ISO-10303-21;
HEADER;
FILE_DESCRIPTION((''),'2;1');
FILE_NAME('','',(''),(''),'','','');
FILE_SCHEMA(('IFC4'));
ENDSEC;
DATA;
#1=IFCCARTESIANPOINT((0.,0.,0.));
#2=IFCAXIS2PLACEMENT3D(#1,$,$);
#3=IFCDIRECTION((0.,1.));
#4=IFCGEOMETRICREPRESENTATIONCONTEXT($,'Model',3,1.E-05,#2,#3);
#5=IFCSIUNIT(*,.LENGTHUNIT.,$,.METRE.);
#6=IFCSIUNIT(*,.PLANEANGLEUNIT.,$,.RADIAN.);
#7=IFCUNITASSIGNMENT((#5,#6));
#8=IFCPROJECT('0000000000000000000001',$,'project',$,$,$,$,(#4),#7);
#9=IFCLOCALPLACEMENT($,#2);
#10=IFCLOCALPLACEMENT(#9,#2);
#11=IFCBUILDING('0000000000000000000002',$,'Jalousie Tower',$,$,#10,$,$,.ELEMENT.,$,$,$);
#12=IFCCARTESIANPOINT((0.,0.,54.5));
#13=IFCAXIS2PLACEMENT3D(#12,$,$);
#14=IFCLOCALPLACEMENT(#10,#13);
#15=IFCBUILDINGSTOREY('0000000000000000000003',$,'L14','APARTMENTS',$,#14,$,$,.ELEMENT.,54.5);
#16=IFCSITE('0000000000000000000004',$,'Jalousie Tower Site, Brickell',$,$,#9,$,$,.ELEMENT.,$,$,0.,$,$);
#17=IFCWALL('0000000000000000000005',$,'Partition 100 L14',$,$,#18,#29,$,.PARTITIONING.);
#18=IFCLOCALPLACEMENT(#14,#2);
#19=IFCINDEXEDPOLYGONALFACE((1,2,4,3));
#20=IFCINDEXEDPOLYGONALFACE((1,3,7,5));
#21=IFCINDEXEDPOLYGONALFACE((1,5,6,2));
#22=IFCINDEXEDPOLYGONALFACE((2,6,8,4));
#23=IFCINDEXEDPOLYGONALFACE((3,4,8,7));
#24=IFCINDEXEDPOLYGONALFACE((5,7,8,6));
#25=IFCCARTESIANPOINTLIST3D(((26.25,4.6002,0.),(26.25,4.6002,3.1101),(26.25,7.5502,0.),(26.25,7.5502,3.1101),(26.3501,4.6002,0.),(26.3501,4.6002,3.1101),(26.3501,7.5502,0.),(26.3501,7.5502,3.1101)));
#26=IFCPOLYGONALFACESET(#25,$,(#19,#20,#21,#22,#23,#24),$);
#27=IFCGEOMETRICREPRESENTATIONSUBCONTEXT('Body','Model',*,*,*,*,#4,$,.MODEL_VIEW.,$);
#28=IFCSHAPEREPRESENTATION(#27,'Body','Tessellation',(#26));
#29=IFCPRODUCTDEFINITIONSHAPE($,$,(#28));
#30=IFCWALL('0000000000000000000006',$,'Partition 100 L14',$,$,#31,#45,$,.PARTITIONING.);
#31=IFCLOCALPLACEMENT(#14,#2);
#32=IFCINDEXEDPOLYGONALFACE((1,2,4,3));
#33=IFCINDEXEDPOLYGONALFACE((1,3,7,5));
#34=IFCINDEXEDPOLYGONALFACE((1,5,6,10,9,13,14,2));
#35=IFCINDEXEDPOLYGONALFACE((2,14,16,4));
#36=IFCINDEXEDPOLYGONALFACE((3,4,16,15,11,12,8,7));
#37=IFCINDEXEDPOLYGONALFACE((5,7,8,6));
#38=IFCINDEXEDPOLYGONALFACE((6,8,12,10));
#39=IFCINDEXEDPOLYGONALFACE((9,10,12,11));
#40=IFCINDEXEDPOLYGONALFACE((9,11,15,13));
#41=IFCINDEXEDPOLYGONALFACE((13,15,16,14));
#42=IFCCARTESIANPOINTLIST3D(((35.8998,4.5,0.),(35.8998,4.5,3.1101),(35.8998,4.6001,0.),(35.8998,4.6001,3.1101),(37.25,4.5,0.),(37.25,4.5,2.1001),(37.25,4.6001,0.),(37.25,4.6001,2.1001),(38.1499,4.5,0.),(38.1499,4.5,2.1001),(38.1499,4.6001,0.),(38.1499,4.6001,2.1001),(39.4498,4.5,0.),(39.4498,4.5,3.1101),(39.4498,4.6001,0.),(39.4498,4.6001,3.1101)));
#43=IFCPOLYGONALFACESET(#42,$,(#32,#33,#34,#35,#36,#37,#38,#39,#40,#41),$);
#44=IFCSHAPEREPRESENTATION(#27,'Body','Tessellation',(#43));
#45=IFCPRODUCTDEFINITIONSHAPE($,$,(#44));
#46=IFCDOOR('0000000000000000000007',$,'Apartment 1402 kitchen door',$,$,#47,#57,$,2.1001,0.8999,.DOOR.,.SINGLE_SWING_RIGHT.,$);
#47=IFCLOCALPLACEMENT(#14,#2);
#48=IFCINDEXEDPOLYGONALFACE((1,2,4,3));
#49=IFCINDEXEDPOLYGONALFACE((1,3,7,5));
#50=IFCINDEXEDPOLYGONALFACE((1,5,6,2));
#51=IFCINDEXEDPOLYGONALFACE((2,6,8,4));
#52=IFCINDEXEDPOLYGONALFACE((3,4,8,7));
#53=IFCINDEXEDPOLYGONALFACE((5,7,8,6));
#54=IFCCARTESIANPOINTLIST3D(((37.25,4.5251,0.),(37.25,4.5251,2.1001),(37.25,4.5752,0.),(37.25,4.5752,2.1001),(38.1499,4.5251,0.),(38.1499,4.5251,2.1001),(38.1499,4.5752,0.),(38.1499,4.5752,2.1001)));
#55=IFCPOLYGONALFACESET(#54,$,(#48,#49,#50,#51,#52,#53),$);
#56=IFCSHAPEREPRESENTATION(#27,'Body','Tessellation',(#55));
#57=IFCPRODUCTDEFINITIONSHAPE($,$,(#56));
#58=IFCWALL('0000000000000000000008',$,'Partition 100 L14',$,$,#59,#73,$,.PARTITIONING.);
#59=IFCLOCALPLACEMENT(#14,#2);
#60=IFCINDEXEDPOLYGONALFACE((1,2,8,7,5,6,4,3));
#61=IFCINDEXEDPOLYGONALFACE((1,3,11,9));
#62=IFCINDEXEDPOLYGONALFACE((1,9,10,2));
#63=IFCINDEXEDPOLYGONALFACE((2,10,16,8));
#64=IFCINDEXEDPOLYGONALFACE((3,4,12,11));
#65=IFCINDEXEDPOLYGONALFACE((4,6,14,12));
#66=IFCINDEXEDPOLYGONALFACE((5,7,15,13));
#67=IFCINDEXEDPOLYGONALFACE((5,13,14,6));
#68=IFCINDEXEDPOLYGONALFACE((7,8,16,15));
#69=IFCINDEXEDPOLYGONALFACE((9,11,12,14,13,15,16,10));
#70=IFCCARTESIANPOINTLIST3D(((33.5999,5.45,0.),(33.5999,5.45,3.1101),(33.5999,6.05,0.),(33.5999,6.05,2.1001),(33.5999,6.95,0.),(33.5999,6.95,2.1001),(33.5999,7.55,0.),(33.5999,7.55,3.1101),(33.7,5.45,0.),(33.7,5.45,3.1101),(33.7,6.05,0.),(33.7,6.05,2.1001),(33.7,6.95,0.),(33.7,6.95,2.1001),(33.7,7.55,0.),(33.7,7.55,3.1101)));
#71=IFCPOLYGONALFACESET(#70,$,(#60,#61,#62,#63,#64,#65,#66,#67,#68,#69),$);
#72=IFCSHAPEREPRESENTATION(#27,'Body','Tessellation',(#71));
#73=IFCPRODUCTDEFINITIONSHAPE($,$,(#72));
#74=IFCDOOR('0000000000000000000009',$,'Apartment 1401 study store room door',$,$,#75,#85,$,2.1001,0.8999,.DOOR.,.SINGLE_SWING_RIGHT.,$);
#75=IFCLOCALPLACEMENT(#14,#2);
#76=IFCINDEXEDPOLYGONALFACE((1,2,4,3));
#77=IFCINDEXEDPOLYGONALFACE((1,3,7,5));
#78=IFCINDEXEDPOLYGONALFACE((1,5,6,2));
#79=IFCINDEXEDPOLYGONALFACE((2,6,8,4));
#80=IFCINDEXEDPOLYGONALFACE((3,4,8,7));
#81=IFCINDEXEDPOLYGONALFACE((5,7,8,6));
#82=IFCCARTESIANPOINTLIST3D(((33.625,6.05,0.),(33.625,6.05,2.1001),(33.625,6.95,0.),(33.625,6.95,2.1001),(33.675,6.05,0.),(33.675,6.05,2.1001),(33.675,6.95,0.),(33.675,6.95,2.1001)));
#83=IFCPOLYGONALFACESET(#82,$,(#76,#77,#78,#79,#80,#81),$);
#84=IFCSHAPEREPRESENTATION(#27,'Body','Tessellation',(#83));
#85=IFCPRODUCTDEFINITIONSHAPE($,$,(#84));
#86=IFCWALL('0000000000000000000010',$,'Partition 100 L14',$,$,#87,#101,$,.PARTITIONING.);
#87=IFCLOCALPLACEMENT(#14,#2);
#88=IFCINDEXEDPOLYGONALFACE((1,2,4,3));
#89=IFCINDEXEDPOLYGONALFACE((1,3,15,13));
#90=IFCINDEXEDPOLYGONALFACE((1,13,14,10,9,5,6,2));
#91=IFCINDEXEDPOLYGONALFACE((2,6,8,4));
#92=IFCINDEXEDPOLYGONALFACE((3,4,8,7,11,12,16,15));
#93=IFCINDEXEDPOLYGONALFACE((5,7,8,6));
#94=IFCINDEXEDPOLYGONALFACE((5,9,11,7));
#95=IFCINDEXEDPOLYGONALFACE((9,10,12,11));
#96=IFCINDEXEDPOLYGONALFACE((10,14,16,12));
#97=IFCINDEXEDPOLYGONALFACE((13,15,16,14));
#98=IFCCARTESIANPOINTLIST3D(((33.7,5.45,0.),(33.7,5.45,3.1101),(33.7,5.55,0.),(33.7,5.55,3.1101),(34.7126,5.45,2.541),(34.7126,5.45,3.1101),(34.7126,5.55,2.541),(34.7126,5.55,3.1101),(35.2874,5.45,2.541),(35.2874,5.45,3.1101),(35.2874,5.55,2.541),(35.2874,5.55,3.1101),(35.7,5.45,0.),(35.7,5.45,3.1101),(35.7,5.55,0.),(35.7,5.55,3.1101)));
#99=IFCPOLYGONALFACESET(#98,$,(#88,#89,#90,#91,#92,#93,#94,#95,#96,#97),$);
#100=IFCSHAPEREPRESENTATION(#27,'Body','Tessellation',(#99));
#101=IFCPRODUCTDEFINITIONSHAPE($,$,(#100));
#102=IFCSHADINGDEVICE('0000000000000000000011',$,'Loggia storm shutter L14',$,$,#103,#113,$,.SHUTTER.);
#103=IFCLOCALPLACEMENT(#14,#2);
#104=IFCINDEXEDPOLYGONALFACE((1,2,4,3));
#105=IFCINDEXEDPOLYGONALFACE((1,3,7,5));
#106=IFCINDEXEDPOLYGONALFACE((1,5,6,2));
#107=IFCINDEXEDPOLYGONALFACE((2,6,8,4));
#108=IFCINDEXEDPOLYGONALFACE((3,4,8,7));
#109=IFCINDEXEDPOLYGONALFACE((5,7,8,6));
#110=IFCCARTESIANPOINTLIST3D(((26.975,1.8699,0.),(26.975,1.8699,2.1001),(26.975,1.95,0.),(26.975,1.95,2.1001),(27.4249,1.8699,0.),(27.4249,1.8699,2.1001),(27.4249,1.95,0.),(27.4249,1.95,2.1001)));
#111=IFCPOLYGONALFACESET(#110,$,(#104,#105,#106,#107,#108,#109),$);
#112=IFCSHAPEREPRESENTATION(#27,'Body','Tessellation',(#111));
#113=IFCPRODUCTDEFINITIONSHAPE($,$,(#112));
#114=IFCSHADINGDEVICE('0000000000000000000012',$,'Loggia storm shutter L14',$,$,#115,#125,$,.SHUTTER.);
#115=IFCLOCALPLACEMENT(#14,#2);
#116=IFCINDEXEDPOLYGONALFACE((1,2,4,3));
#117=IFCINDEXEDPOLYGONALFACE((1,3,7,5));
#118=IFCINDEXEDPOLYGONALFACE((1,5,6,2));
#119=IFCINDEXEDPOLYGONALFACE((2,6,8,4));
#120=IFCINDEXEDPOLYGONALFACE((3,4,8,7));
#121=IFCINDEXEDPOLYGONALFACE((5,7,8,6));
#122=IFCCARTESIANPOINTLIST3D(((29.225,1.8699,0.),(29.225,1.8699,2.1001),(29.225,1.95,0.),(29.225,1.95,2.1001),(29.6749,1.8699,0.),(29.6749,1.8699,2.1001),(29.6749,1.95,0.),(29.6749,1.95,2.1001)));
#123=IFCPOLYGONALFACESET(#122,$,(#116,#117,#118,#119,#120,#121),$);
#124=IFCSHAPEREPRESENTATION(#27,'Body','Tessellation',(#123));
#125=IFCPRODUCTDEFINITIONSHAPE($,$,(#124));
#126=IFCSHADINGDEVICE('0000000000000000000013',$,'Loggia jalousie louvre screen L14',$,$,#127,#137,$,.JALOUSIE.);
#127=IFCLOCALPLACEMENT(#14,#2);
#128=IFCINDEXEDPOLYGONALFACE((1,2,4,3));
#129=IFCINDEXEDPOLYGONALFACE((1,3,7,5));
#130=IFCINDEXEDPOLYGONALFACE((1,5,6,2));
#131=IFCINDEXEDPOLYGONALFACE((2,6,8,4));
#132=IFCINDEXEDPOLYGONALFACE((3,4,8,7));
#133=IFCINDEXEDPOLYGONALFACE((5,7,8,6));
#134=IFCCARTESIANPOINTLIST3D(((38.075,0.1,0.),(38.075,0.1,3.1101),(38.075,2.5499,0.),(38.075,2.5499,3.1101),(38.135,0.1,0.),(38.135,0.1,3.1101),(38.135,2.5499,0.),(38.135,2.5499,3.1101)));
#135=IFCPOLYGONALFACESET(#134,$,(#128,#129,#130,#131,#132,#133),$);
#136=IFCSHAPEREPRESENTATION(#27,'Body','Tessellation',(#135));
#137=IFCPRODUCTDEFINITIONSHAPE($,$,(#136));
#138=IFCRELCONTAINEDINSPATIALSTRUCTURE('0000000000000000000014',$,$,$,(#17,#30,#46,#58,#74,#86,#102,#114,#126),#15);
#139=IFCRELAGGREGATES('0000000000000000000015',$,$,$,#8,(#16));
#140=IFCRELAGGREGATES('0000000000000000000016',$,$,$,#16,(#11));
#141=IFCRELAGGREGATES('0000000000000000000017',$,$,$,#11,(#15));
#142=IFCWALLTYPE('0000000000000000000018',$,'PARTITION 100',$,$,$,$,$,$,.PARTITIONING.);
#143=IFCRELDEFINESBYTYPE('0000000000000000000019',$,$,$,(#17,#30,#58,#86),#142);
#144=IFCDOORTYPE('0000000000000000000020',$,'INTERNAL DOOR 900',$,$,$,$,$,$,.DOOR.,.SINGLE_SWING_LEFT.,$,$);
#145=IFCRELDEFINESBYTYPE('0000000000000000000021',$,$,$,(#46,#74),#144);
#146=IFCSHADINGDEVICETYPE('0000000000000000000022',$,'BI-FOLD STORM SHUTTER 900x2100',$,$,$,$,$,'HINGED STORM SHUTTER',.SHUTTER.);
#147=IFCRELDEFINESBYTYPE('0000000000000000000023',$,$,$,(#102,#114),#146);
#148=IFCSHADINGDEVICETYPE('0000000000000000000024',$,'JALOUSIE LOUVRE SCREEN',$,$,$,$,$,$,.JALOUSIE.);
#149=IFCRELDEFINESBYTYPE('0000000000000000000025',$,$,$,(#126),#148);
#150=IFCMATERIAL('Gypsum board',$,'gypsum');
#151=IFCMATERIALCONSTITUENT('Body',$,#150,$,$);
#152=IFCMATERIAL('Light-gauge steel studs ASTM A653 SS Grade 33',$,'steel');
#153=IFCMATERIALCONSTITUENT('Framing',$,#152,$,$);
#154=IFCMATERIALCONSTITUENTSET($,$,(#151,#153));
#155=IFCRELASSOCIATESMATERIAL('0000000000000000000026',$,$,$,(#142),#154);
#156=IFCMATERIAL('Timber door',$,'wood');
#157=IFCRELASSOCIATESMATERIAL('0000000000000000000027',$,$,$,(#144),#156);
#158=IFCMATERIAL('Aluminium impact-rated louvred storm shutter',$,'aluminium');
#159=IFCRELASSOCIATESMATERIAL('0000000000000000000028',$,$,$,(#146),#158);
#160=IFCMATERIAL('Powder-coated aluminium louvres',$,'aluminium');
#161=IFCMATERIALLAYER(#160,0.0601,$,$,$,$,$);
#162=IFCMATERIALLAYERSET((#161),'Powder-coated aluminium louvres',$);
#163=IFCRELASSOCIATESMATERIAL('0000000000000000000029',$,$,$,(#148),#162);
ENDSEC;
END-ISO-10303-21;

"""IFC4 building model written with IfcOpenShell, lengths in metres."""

from ifc_helpers import new_model, si_unit, direction, frame, frame_2d, origin, origin_2d, place, context, subcontext, project, spatial, polyline, rectangle, outline, extrude, material, layer, layer_set, constituent, constituent_set, type_object, element, fill, save


model = new_model("IFC4")

# Units and contexts
model_context = context("Model", 3, precision=1e-05, world=origin(), true_north=direction((0.0, 1.0)))
body_context = subcontext(model_context, "Body", "Model", "MODEL_VIEW")
ifc_project = project(units=[si_unit("LENGTHUNIT", "METRE"), si_unit("PLANEANGLEUNIT", "RADIAN")], contexts=[model_context])

# Site, building, storey
site_placement = place(None, origin())
site = spatial("IfcSite", under=ifc_project, at=site_placement, Name="Jalousie Tower Site, Brickell", CompositionType="ELEMENT", RefElevation=0.0)
building_placement = place(site_placement, origin())
building = spatial("IfcBuilding", under=site, at=building_placement, Name="Jalousie Tower", CompositionType="ELEMENT")
storey_placement = place(building_placement, frame((0.0, 0.0, 54.5)))
storey = spatial("IfcBuildingStorey", under=building, at=storey_placement, Name="L14", Description="APARTMENTS", CompositionType="ELEMENT", Elevation=54.5)

# Shared definitions
ifc_material_1 = material(Name="Gypsum board", Category="gypsum")
ifc_constituent_1 = constituent(ifc_material_1, Name="Body")
ifc_material_2 = material(Name="Light-gauge steel studs ASTM A653 SS Grade 33", Category="steel")
ifc_constituent_2 = constituent(ifc_material_2, Name="Framing")
ifc_constituent_set_1 = constituent_set(constituents=[ifc_constituent_1, ifc_constituent_2])
wall_type_1 = type_object("IfcWallType", Name="PARTITION 100", PredefinedType="PARTITIONING", material=ifc_constituent_set_1)
ifc_material_3 = material(Name="Timber door", Category="wood")
door_type_1 = type_object("IfcDoorType", Name="INTERNAL DOOR 900", OperationType="SINGLE_SWING_LEFT", PredefinedType="DOOR", material=ifc_material_3)

# Wall
wall_1_placement = place(storey_placement, frame((26.3, 4.6001, 0.0), z_axis=(0.0, 0.0, 1.0), x_axis=(0.0, 1.0, 0.0)))
element("IfcWall", 1, at=wall_1_placement, inside=storey, type_object=wall_type_1, Name="Partition 100 L14", PredefinedType="PARTITIONING", context=body_context, shape_type="SweptSolid", body=[
    extrude(rectangle(XDim=2.95, YDim=0.1001, at=frame_2d((1.4751, 0.0))), origin(), (0.0, 0.0, 1.0), 3.1101),
])

# Walls, openings, doors
wall_2_placement = place(storey_placement, frame((35.8999, 4.55, 0.0), z_axis=(0.0, 0.0, 1.0), x_axis=(1.0, 0.0, 0.0)))
wall_2 = element("IfcWall", 2, at=wall_2_placement, inside=storey, type_object=wall_type_1, Name="Partition 100 L14", PredefinedType="PARTITIONING", context=body_context, shape_type="SweptSolid", body=[
    extrude(rectangle(XDim=3.55, YDim=0.1001, at=frame_2d((1.7749, 0.0))), origin(), (0.0, 0.0, 1.0), 3.1101),
])
opening_1_placement = place(wall_2_placement, frame((1.3501, 0.0, 0.0)))
opening_1 = element("IfcOpeningElement", 3, at=opening_1_placement, cuts=wall_2, PredefinedType="OPENING", context=body_context, shape_type="SweptSolid", body=[
    extrude(rectangle(XDim=0.8999, YDim=2.1001, at=frame_2d((0.45, 1.05))), frame((0.0, 0.0601, 0.0), z_axis=(0.0, -1.0, 0.0), x_axis=(1.0, 0.0, 0.0)), (0.0, 0.0, 1.0), 0.1201),
])
door_1_placement = place(opening_1_placement, frame((0.8999, 0.0, 0.0), z_axis=(0.0, 0.0, 1.0), x_axis=(-1.0, 0.0, 0.0)))
door_1 = element("IfcDoor", 4, at=door_1_placement, inside=storey, type_object=door_type_1, Name="Apartment 1402 kitchen door", OperationType="SINGLE_SWING_RIGHT", OverallHeight=2.1001, OverallWidth=0.8999, PredefinedType="DOOR", context=body_context, shape_type="SweptSolid", body=[
    extrude(rectangle(XDim=0.8999, YDim=2.1001, at=frame_2d((0.45, 1.05))), frame((0.0, 0.0249, 0.0), z_axis=(0.0, -1.0, 0.0), x_axis=(1.0, 0.0, 0.0)), (0.0, 0.0, 1.0), 0.05),
])
fill(opening_1, door_1)
wall_3_placement = place(storey_placement, frame((33.6499, 7.55, 0.0), z_axis=(0.0, 0.0, 1.0), x_axis=(0.0, -1.0, 0.0)))
wall_3 = element("IfcWall", 5, at=wall_3_placement, inside=storey, type_object=wall_type_1, Name="Partition 100 L14", PredefinedType="PARTITIONING", context=body_context, shape_type="SweptSolid", body=[
    extrude(rectangle(XDim=2.1001, YDim=0.1001, at=frame_2d((1.05, 0.0))), origin(), (0.0, 0.0, 1.0), 3.1101),
])
opening_2_placement = place(wall_3_placement, frame((0.6001, 0.0, 0.0)))
opening_2 = element("IfcOpeningElement", 6, at=opening_2_placement, cuts=wall_3, PredefinedType="OPENING", context=body_context, shape_type="SweptSolid", body=[
    extrude(rectangle(XDim=0.8999, YDim=2.1001, at=frame_2d((0.45, 1.05))), frame((0.0, 0.0601, 0.0), z_axis=(0.0, -1.0, 0.0), x_axis=(1.0, 0.0, 0.0)), (0.0, 0.0, 1.0), 0.1201),
])
door_2_placement = place(opening_2_placement, frame((0.8999, 0.0, 0.0), z_axis=(0.0, 0.0, 1.0), x_axis=(-1.0, 0.0, 0.0)))
door_2 = element("IfcDoor", 7, at=door_2_placement, inside=storey, type_object=door_type_1, Name="Apartment 1401 study store room door", OperationType="SINGLE_SWING_RIGHT", OverallHeight=2.1001, OverallWidth=0.8999, PredefinedType="DOOR", context=body_context, shape_type="SweptSolid", body=[
    extrude(rectangle(XDim=0.8999, YDim=2.1001, at=frame_2d((0.45, 1.05))), frame((0.0, 0.0249, 0.0), z_axis=(0.0, -1.0, 0.0), x_axis=(1.0, 0.0, 0.0)), (0.0, 0.0, 1.0), 0.05),
])
fill(opening_2, door_2)

# Wall
wall_4_placement = place(storey_placement, frame((35.7, 5.5, 0.0), z_axis=(0.0, 0.0, 1.0), x_axis=(-1.0, 0.0, 0.0)))
element("IfcWall", 8, at=wall_4_placement, inside=storey, type_object=wall_type_1, Name="Partition 100 L14", PredefinedType="PARTITIONING", context=body_context, shape_type="SweptSolid", body=[
    extrude(outline(polyline([(0.0, 0.0), (2.0, 0.0), (2.0, 3.1101), (0.9873, 3.1101), (0.9873, 2.541), (0.4126, 2.541), (0.4126, 3.1101), (0.0, 3.1101), (0.0, 0.0)])), frame((0.0, 0.05, 0.0), z_axis=(0.0, -1.0, 0.0), x_axis=(1.0, 0.0, 0.0)), (0.0, 0.0, 1.0), 0.1001),
])

# Shading devices
ifc_material_4 = material(Name="Aluminium impact-rated louvred storm shutter", Category="aluminium")
shading_device_type_1 = type_object("IfcShadingDeviceType", Name="BI-FOLD STORM SHUTTER 900x2100", ElementType="HINGED STORM SHUTTER", PredefinedType="SHUTTER", material=ifc_material_4)
for number, where, z_axis, x_axis, name in (
    (9, (27.2, 1.9099, 0.0), (0.0, 0.0, 1.0), (1.0, 0.0, 0.0), "Loggia storm shutter L14"),
    (10, (29.45, 1.9099, 0.0), (0.0, 0.0, 1.0), (1.0, 0.0, 0.0), "Loggia storm shutter L14"),
):
    element("IfcShadingDevice", number, at=place(storey_placement, frame(where, z_axis=z_axis, x_axis=x_axis)), inside=storey, type_object=shading_device_type_1, Name=name, PredefinedType="SHUTTER", context=body_context, shape_type="SweptSolid", body=[
        extrude(rectangle(XDim=0.45, YDim=0.0801, at=origin_2d()), origin(), (0.0, 0.0, 1.0), 2.1001),
    ])
ifc_material_5 = material(Name="Powder-coated aluminium louvres", Category="aluminium")
ifc_layer_1 = layer(ifc_material_5, 0.0601)
ifc_layer_set_1 = layer_set([ifc_layer_1], Name="Powder-coated aluminium louvres")
shading_device_type_2 = type_object("IfcShadingDeviceType", Name="JALOUSIE LOUVRE SCREEN", PredefinedType="JALOUSIE", material=ifc_layer_set_1)
shading_device_placement = place(storey_placement, frame((38.105, 1.325, 0.0), z_axis=(0.0, 0.0, 1.0), x_axis=(1.0, 0.0, 0.0)))
element("IfcShadingDevice", 11, at=shading_device_placement, inside=storey, type_object=shading_device_type_2, Name="Loggia jalousie louvre screen L14", PredefinedType="JALOUSIE", context=body_context, shape_type="SweptSolid", body=[
    extrude(rectangle(XDim=0.0601, YDim=2.45, at=origin_2d()), origin(), (0.0, 0.0, 1.0), 3.1101),
])

save(model, "model.ifc")
